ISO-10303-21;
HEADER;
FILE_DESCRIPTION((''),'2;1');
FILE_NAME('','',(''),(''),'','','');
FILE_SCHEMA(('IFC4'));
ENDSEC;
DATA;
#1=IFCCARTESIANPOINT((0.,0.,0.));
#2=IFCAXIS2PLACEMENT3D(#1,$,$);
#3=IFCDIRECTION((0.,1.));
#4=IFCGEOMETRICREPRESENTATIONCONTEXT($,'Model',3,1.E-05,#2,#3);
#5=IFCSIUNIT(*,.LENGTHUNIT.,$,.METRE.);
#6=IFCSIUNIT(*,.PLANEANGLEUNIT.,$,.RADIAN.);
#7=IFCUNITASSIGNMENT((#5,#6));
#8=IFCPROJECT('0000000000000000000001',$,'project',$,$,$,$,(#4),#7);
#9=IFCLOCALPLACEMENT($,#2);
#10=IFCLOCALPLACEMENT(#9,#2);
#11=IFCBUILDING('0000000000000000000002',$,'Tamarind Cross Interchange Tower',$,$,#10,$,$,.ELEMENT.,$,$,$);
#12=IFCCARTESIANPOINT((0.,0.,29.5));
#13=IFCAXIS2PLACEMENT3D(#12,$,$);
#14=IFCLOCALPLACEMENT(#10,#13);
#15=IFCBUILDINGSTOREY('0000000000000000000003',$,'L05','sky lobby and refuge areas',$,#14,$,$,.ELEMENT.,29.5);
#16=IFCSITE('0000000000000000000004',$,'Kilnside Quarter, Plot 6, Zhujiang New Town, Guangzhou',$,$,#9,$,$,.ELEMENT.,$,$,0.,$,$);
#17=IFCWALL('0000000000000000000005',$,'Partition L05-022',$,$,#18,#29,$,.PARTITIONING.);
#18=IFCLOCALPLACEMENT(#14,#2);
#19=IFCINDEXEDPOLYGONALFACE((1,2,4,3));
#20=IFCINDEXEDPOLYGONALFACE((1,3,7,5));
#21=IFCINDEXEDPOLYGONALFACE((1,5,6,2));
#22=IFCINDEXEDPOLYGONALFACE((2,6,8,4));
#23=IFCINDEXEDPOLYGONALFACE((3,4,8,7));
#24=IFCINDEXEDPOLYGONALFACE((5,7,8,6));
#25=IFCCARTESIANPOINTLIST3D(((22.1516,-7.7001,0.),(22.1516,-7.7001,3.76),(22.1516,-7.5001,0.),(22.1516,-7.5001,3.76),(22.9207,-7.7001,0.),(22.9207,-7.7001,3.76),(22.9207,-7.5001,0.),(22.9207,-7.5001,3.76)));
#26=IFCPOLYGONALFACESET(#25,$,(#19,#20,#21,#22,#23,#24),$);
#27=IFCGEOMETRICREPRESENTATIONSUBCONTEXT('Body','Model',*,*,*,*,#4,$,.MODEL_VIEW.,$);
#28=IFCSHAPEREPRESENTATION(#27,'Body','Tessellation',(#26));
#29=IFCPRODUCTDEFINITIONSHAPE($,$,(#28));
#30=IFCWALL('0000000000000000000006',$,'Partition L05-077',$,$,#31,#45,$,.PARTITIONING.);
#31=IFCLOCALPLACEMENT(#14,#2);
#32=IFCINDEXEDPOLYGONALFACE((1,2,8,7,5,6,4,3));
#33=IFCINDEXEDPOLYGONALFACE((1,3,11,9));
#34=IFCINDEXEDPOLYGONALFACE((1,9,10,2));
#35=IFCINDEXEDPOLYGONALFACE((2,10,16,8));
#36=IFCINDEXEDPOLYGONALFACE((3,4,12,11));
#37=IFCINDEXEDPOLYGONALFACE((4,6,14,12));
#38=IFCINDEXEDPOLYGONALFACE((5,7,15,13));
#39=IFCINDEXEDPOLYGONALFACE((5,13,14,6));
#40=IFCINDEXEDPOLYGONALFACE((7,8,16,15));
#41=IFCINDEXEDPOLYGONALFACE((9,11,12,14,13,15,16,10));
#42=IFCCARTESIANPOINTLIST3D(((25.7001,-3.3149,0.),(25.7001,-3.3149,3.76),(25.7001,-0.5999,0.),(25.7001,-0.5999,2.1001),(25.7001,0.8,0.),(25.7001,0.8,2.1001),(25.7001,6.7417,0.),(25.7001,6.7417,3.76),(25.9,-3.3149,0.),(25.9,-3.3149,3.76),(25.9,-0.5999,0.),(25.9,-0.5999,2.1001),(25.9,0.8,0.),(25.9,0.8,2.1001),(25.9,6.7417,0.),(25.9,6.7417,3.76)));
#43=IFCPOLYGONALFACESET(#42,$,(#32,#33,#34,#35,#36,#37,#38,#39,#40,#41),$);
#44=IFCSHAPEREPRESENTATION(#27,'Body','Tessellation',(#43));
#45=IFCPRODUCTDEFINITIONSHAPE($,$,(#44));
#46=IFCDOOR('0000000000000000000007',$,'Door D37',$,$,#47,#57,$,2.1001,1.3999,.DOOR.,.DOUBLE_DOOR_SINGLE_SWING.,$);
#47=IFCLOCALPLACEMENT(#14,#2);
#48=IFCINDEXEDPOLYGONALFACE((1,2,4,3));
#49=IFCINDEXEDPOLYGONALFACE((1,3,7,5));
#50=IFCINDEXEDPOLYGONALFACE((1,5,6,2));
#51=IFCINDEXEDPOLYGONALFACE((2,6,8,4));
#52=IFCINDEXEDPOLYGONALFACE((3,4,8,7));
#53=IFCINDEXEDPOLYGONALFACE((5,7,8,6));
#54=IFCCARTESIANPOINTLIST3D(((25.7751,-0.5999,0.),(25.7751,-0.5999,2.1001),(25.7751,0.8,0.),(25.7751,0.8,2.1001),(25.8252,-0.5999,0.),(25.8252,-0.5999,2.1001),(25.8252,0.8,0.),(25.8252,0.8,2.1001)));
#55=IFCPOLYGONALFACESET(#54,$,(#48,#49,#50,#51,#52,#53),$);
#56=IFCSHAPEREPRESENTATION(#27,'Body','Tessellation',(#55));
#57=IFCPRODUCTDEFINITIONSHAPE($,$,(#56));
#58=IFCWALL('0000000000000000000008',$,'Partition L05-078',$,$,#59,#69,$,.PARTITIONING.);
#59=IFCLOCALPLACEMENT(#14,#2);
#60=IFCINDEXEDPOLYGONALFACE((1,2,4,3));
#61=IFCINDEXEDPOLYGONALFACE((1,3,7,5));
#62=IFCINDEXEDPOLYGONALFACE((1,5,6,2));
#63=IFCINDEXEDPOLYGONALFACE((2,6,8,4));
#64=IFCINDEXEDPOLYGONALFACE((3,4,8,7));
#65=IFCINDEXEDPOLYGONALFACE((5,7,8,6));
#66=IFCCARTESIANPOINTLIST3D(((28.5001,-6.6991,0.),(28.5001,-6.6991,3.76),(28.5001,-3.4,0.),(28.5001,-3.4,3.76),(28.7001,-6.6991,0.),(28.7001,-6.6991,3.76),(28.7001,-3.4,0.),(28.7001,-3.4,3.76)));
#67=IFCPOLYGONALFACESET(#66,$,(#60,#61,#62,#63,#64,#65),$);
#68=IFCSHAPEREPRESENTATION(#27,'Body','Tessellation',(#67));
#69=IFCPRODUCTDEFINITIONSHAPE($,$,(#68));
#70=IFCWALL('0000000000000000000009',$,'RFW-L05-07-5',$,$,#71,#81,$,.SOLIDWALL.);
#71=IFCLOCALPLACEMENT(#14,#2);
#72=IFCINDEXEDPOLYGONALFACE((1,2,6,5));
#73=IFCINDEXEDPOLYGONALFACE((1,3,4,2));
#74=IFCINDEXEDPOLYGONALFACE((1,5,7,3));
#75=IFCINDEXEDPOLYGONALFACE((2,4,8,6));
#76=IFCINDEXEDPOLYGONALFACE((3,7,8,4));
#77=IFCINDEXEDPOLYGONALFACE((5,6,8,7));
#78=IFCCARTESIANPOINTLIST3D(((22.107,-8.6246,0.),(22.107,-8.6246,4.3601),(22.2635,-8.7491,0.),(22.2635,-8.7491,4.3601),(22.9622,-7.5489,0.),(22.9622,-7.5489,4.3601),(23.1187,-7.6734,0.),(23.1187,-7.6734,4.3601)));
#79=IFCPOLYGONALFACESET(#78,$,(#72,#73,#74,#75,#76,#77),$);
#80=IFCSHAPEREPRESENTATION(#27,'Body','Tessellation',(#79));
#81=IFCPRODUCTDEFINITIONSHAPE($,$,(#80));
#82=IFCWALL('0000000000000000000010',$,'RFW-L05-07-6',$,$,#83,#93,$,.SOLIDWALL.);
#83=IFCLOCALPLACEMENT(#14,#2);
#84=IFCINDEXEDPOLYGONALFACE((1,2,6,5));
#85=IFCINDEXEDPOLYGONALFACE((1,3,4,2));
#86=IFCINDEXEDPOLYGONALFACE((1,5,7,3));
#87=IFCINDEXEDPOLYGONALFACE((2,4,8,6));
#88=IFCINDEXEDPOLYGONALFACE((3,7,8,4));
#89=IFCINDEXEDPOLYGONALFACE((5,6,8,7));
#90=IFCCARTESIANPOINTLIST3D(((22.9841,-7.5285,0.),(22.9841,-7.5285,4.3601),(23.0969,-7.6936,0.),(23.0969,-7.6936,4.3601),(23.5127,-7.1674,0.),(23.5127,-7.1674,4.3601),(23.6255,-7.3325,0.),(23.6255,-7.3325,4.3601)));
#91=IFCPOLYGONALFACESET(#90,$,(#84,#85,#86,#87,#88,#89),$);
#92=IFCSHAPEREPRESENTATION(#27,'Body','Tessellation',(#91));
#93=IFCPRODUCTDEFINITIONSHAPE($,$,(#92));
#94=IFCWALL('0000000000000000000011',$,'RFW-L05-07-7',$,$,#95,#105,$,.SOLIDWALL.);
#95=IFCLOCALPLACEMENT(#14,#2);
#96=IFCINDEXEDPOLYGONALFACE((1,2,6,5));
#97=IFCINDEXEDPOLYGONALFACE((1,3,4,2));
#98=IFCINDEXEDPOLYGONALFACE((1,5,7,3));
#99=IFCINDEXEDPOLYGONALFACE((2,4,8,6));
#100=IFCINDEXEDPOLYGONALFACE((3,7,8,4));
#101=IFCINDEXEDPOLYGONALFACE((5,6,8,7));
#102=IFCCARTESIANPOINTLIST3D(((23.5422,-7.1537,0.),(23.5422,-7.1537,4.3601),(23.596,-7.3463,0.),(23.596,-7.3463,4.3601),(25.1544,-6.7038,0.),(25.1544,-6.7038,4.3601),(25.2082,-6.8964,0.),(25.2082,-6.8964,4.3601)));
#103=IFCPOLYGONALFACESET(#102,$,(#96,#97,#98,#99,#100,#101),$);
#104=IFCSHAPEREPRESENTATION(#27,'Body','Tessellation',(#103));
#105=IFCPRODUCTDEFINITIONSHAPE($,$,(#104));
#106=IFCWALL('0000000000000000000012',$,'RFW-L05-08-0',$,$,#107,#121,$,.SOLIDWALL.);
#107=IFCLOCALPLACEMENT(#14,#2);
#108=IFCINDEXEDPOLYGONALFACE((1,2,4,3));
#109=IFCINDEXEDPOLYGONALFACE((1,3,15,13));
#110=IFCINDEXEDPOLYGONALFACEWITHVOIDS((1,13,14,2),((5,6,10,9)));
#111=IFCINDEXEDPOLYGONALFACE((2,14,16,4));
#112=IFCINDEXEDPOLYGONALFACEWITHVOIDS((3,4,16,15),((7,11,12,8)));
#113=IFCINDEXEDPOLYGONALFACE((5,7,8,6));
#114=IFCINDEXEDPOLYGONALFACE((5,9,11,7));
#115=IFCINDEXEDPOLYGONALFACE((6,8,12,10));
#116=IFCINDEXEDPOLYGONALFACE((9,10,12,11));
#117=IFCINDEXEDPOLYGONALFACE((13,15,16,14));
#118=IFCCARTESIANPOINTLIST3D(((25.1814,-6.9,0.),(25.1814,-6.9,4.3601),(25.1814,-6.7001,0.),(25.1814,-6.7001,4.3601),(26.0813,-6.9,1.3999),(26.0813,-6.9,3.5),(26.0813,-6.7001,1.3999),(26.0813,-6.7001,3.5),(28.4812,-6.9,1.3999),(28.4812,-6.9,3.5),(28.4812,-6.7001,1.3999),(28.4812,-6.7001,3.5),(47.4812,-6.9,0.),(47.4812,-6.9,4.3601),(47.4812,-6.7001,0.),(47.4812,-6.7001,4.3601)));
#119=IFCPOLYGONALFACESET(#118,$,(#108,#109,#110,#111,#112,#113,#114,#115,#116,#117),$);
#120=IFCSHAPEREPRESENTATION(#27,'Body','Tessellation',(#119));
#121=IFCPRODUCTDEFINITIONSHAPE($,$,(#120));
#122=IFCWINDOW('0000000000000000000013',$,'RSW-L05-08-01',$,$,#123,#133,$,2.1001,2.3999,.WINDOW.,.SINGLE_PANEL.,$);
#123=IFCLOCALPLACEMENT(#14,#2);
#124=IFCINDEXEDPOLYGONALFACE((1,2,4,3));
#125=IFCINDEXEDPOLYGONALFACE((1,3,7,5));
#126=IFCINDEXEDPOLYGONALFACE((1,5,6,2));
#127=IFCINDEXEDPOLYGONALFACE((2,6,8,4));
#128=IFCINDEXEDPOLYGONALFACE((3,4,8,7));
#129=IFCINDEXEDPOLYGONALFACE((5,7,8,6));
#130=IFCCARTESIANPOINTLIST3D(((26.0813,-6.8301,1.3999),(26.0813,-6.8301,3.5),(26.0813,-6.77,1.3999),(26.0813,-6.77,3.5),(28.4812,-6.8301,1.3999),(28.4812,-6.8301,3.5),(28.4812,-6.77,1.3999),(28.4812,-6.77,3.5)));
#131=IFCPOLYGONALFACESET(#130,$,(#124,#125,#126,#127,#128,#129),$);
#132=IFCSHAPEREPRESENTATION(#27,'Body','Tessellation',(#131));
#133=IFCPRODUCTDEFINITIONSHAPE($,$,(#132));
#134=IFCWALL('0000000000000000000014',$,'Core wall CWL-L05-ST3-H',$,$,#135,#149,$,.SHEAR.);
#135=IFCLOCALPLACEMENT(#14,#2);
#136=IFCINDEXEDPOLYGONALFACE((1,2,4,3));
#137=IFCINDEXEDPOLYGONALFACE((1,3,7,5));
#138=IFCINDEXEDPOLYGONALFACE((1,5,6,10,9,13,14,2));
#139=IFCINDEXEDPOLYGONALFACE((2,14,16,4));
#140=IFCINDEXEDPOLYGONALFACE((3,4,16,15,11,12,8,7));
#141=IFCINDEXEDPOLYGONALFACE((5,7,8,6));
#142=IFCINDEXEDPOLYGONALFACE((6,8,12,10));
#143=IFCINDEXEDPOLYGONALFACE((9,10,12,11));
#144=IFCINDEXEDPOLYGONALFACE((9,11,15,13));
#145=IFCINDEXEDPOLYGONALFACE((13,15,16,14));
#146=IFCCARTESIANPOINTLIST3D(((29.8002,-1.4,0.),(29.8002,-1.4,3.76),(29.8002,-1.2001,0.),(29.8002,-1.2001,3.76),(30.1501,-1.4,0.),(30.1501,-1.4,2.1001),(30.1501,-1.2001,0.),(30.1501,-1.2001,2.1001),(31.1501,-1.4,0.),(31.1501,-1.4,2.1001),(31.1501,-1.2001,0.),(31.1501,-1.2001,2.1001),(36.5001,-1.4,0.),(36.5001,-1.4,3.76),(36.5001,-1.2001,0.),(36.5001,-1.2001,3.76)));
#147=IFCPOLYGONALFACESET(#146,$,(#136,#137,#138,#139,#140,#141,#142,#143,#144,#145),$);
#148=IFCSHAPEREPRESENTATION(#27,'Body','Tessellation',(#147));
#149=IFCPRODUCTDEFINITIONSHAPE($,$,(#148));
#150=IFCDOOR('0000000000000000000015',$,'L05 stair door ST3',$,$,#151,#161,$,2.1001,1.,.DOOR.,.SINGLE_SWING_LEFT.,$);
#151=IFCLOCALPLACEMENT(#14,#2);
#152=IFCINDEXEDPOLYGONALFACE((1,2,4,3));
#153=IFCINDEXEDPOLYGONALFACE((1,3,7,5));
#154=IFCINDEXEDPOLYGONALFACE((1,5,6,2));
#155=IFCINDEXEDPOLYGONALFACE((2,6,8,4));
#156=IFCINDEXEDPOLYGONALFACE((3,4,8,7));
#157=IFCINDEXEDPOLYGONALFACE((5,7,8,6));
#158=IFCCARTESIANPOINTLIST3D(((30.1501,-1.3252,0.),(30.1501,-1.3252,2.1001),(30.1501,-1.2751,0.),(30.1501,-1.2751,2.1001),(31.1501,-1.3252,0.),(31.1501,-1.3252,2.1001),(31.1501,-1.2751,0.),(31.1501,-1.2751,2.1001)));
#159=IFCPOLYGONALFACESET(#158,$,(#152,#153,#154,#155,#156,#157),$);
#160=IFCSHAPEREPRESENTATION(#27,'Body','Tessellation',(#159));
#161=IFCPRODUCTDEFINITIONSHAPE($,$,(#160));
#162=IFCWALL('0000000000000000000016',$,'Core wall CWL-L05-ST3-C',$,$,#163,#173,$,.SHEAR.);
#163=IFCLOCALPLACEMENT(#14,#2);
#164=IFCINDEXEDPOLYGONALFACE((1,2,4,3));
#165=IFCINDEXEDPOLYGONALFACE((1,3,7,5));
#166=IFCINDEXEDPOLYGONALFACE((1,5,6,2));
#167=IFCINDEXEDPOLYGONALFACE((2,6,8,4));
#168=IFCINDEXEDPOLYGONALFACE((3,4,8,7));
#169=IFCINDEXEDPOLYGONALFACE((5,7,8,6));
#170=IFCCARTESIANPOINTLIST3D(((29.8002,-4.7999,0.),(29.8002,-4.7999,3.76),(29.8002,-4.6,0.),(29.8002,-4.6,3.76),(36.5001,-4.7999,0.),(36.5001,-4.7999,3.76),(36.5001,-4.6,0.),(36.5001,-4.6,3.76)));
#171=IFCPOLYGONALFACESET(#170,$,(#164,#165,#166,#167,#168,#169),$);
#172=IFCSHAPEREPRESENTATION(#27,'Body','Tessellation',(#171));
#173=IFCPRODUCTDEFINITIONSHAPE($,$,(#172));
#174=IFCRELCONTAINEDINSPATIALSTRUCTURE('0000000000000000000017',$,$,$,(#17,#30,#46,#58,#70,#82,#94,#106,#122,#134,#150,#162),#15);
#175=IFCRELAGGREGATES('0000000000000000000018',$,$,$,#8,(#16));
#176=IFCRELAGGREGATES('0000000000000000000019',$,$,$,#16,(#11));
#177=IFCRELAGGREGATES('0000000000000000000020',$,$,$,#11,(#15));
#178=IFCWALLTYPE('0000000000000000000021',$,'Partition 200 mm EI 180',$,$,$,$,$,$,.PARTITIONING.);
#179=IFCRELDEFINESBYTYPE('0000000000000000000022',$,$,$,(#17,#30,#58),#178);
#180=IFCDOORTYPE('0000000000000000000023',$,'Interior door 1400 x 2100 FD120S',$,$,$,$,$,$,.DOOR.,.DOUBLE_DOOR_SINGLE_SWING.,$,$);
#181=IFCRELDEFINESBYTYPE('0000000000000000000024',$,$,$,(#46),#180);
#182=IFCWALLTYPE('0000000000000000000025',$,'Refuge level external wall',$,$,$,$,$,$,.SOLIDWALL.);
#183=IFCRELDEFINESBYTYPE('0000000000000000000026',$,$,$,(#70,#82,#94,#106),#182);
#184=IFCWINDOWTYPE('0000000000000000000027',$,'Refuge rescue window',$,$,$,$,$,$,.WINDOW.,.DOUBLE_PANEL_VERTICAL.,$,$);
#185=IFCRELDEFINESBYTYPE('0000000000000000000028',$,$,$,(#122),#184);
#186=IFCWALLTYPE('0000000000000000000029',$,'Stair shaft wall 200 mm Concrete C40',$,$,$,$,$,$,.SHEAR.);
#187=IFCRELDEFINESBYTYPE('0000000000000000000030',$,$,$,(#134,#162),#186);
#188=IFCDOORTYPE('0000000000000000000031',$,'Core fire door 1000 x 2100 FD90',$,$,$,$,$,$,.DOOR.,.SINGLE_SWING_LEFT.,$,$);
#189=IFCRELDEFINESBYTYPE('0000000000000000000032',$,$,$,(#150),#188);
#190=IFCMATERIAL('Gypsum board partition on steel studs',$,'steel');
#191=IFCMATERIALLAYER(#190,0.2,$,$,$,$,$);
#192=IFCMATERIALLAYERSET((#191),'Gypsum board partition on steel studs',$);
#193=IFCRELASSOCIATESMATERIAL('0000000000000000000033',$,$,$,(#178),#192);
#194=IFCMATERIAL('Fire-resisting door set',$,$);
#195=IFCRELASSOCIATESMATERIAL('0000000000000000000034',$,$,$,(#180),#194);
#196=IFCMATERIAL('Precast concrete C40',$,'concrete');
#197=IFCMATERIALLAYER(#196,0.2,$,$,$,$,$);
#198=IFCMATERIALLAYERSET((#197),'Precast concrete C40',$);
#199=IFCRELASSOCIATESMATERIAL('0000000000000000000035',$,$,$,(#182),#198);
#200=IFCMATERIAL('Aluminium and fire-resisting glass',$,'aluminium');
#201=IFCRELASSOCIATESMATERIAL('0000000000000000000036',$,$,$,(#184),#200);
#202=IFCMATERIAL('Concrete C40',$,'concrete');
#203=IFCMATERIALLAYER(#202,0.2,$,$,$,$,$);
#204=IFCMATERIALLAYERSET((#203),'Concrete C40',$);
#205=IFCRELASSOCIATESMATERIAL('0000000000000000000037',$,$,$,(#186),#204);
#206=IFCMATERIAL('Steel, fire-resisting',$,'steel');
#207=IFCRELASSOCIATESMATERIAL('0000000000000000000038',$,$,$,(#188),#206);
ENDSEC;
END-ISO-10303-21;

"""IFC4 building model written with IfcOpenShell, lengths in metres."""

from ifc_helpers import new_model, si_unit, direction, frame, frame_2d, origin, place, context, subcontext, project, spatial, rectangle, extrude, material, layer, layer_set, type_object, element, fill, save


model = new_model("IFC4")

# Units and contexts
model_context = context("Model", 3, precision=1e-05, world=origin(), true_north=direction((0.0, 1.0)))
body_context = subcontext(model_context, "Body", "Model", "MODEL_VIEW")
ifc_project = project(units=[si_unit("LENGTHUNIT", "METRE"), si_unit("PLANEANGLEUNIT", "RADIAN")], contexts=[model_context])

# Site, building, storey
site_placement = place(None, origin())
site = spatial("IfcSite", under=ifc_project, at=site_placement, Name="Kilnside Quarter, Plot 6, Zhujiang New Town, Guangzhou", CompositionType="ELEMENT", RefElevation=0.0)
building_placement = place(site_placement, origin())
building = spatial("IfcBuilding", under=site, at=building_placement, Name="Tamarind Cross Interchange Tower", CompositionType="ELEMENT")
storey_placement = place(building_placement, frame((0.0, 0.0, 29.5)))
storey = spatial("IfcBuildingStorey", under=building, at=storey_placement, Name="L05", Description="sky lobby and refuge areas", CompositionType="ELEMENT", Elevation=29.5)

# Shared definitions
ifc_material_1 = material(Name="Gypsum board partition on steel studs", Category="steel")
ifc_layer_1 = layer(ifc_material_1, 0.2)
ifc_layer_set_1 = layer_set([ifc_layer_1], Name="Gypsum board partition on steel studs")
wall_type_1 = type_object("IfcWallType", Name="Partition 200 mm EI 180", PredefinedType="PARTITIONING", material=ifc_layer_set_1)
ifc_material_2 = material(Name="Fire-resisting door set")
door_type_1 = type_object("IfcDoorType", Name="Interior door 1400 x 2100 FD120S", OperationType="DOUBLE_DOOR_SINGLE_SWING", PredefinedType="DOOR", material=ifc_material_2)

# Wall
wall_1_placement = place(storey_placement, frame((22.1516, -7.6001, 0.0), z_axis=(0.0, 0.0, 1.0), x_axis=(1.0, 0.0, 0.0)))
element("IfcWall", 1, at=wall_1_placement, inside=storey, type_object=wall_type_1, Name="Partition L05-022", PredefinedType="PARTITIONING", context=body_context, shape_type="SweptSolid", body=[
    extrude(rectangle(XDim=0.769, YDim=0.2, at=frame_2d((0.3845, 0.0))), origin(), (0.0, 0.0, 1.0), 3.76),
])

# Wall, opening, door
wall_2_placement = place(storey_placement, frame((25.8, -3.3149, 0.0), z_axis=(0.0, 0.0, 1.0), x_axis=(0.0, 1.0, 0.0)))
wall_2 = element("IfcWall", 2, at=wall_2_placement, inside=storey, type_object=wall_type_1, Name="Partition L05-077", PredefinedType="PARTITIONING", context=body_context, shape_type="SweptSolid", body=[
    extrude(rectangle(XDim=10.0566, YDim=0.2, at=frame_2d((5.0283, 0.0))), origin(), (0.0, 0.0, 1.0), 3.76),
])
opening_1_placement = place(wall_2_placement, frame((2.7151, 0.0, 0.0)))
opening_1 = element("IfcOpeningElement", 3, at=opening_1_placement, cuts=wall_2, PredefinedType="OPENING", context=body_context, shape_type="SweptSolid", body=[
    extrude(rectangle(XDim=1.3999, YDim=2.1001, at=frame_2d((0.7, 1.05))), frame((0.0, 0.1099, 0.0), z_axis=(0.0, -1.0, 0.0), x_axis=(1.0, 0.0, 0.0)), (0.0, 0.0, 1.0), 0.22),
])
door_1_placement = place(opening_1_placement, origin())
door_1 = element("IfcDoor", 4, at=door_1_placement, inside=storey, type_object=door_type_1, Name="Door D37", OperationType="DOUBLE_DOOR_SINGLE_SWING", OverallHeight=2.1001, OverallWidth=1.3999, PredefinedType="DOOR", context=body_context, shape_type="SweptSolid", body=[
    extrude(rectangle(XDim=1.3999, YDim=2.1001, at=frame_2d((0.7, 1.05))), frame((0.0, 0.0249, 0.0), z_axis=(0.0, -1.0, 0.0), x_axis=(1.0, 0.0, 0.0)), (0.0, 0.0, 1.0), 0.05),
])
fill(opening_1, door_1)

# Walls
wall_3_placement = place(storey_placement, frame((28.6001, -6.699, 0.0), z_axis=(0.0, 0.0, 1.0), x_axis=(0.0, 1.0, 0.0)))
element("IfcWall", 5, at=wall_3_placement, inside=storey, type_object=wall_type_1, Name="Partition L05-078", PredefinedType="PARTITIONING", context=body_context, shape_type="SweptSolid", body=[
    extrude(rectangle(XDim=3.2991, YDim=0.2, at=frame_2d((1.6494, 0.0))), origin(), (0.0, 0.0, 1.0), 3.76),
])
ifc_material_3 = material(Name="Precast concrete C40", Category="concrete")
ifc_layer_2 = layer(ifc_material_3, 0.2)
ifc_layer_set_2 = layer_set([ifc_layer_2], Name="Precast concrete C40")
wall_type_2 = type_object("IfcWallType", Name="Refuge level external wall", PredefinedType="SOLIDWALL", material=ifc_layer_set_2)
wall_4_placement = place(storey_placement, frame((22.1853, -8.6868, 0.0), z_axis=(0.0, 0.0, 1.0), x_axis=(0.622331, 0.782754, 0.0)))
element("IfcWall", 6, at=wall_4_placement, inside=storey, type_object=wall_type_2, Name="RFW-L05-07-5", PredefinedType="SOLIDWALL", context=body_context, shape_type="SweptSolid", body=[
    extrude(rectangle(XDim=1.3743, YDim=0.2, at=frame_2d((0.687, 0.0))), origin(), (0.0, 0.0, 1.0), 4.3601),
])
wall_5_placement = place(storey_placement, frame((23.0405, -7.6111, 0.0), z_axis=(0.0, 0.0, 1.0), x_axis=(0.825719, 0.564082, 0.0)))
element("IfcWall", 7, at=wall_5_placement, inside=storey, type_object=wall_type_2, Name="RFW-L05-07-6", PredefinedType="SOLIDWALL", context=body_context, shape_type="SweptSolid", body=[
    extrude(rectangle(XDim=0.6401, YDim=0.2, at=frame_2d((0.3201, 0.0))), origin(), (0.0, 0.0, 1.0), 4.3601),
])
wall_6_placement = place(storey_placement, frame((23.5691, -7.25, 0.0), z_axis=(0.0, 0.0, 1.0), x_axis=(0.963195, 0.268802, 0.0)))
element("IfcWall", 8, at=wall_6_placement, inside=storey, type_object=wall_type_2, Name="RFW-L05-07-7", PredefinedType="SOLIDWALL", context=body_context, shape_type="SweptSolid", body=[
    extrude(rectangle(XDim=1.6738, YDim=0.2, at=frame_2d((0.8369, 0.0))), origin(), (0.0, 0.0, 1.0), 4.3601),
])

# Wall, opening, window
wall_7_placement = place(storey_placement, frame((25.1814, -6.8, 0.0), z_axis=(0.0, 0.0, 1.0), x_axis=(1.0, 0.0, 0.0)))
wall_7 = element("IfcWall", 9, at=wall_7_placement, inside=storey, type_object=wall_type_2, Name="RFW-L05-08-0", PredefinedType="SOLIDWALL", context=body_context, shape_type="SweptSolid", body=[
    extrude(rectangle(XDim=22.2998, YDim=0.2, at=frame_2d((11.1499, 0.0))), origin(), (0.0, 0.0, 1.0), 4.3601),
])
opening_2_placement = place(wall_7_placement, frame((0.8999, 0.0, 1.3999)))
opening_2 = element("IfcOpeningElement", 10, at=opening_2_placement, cuts=wall_7, PredefinedType="OPENING", context=body_context, shape_type="SweptSolid", body=[
    extrude(rectangle(XDim=2.3999, YDim=2.1001, at=frame_2d((1.2, 1.05))), frame((0.0, 0.1099, 0.0), z_axis=(0.0, -1.0, 0.0), x_axis=(1.0, 0.0, 0.0)), (0.0, 0.0, 1.0), 0.22),
])
ifc_material_4 = material(Name="Aluminium and fire-resisting glass", Category="aluminium")
window_type = type_object("IfcWindowType", Name="Refuge rescue window", PartitioningType="DOUBLE_PANEL_VERTICAL", PredefinedType="WINDOW", material=ifc_material_4)
window_placement = place(opening_2_placement, origin())
window = element("IfcWindow", 11, at=window_placement, inside=storey, type_object=window_type, Name="RSW-L05-08-01", OverallHeight=2.1001, OverallWidth=2.3999, PartitioningType="SINGLE_PANEL", PredefinedType="WINDOW", context=body_context, shape_type="SweptSolid", body=[
    extrude(rectangle(XDim=2.3999, YDim=2.1001, at=frame_2d((1.2, 1.05))), frame((0.0, 0.03, 0.0), z_axis=(0.0, -1.0, 0.0), x_axis=(1.0, 0.0, 0.0)), (0.0, 0.0, 1.0), 0.0601),
])
fill(opening_2, window)

# Wall, opening, door
ifc_material_5 = material(Name="Concrete C40", Category="concrete")
ifc_layer_3 = layer(ifc_material_5, 0.2)
ifc_layer_set_3 = layer_set([ifc_layer_3], Name="Concrete C40")
wall_type_3 = type_object("IfcWallType", Name="Stair shaft wall 200 mm Concrete C40", PredefinedType="SHEAR", material=ifc_layer_set_3)
wall_8_placement = place(storey_placement, frame((29.8, -1.3, 0.0), z_axis=(0.0, 0.0, 1.0), x_axis=(1.0, 0.0, 0.0)))
wall_8 = element("IfcWall", 12, at=wall_8_placement, inside=storey, type_object=wall_type_3, Name="Core wall CWL-L05-ST3-H", PredefinedType="SHEAR", context=body_context, shape_type="SweptSolid", body=[
    extrude(rectangle(XDim=6.7, YDim=0.2, at=frame_2d((3.3501, 0.0))), origin(), (0.0, 0.0, 1.0), 3.76),
])
opening_3_placement = place(wall_8_placement, frame((0.3501, 0.0, 0.0)))
opening_3 = element("IfcOpeningElement", 13, at=opening_3_placement, cuts=wall_8, PredefinedType="OPENING", context=body_context, shape_type="SweptSolid", body=[
    extrude(rectangle(XDim=1.0, YDim=2.1001, at=frame_2d((0.5, 1.05))), frame((0.0, 0.1099, 0.0), z_axis=(0.0, -1.0, 0.0), x_axis=(1.0, 0.0, 0.0)), (0.0, 0.0, 1.0), 0.22),
])
ifc_material_6 = material(Name="Steel, fire-resisting", Category="steel")
door_type_2 = type_object("IfcDoorType", Name="Core fire door 1000 x 2100 FD90", OperationType="SINGLE_SWING_LEFT", PredefinedType="DOOR", material=ifc_material_6)
door_2_placement = place(opening_3_placement, origin())
door_2 = element("IfcDoor", 14, at=door_2_placement, inside=storey, type_object=door_type_2, Name="L05 stair door ST3", OperationType="SINGLE_SWING_LEFT", OverallHeight=2.1001, OverallWidth=1.0, PredefinedType="DOOR", context=body_context, shape_type="SweptSolid", body=[
    extrude(rectangle(XDim=1.0, YDim=2.1001, at=frame_2d((0.5, 1.05))), frame((0.0, 0.0249, 0.0), z_axis=(0.0, -1.0, 0.0), x_axis=(1.0, 0.0, 0.0)), (0.0, 0.0, 1.0), 0.05),
])
fill(opening_3, door_2)

# Wall
wall_9_placement = place(storey_placement, frame((29.8, -4.7, 0.0), z_axis=(0.0, 0.0, 1.0), x_axis=(1.0, 0.0, 0.0)))
element("IfcWall", 15, at=wall_9_placement, inside=storey, type_object=wall_type_3, Name="Core wall CWL-L05-ST3-C", PredefinedType="SHEAR", context=body_context, shape_type="SweptSolid", body=[
    extrude(rectangle(XDim=6.7, YDim=0.2, at=frame_2d((3.3501, 0.0))), origin(), (0.0, 0.0, 1.0), 3.76),
])

save(model, "model.ifc")
